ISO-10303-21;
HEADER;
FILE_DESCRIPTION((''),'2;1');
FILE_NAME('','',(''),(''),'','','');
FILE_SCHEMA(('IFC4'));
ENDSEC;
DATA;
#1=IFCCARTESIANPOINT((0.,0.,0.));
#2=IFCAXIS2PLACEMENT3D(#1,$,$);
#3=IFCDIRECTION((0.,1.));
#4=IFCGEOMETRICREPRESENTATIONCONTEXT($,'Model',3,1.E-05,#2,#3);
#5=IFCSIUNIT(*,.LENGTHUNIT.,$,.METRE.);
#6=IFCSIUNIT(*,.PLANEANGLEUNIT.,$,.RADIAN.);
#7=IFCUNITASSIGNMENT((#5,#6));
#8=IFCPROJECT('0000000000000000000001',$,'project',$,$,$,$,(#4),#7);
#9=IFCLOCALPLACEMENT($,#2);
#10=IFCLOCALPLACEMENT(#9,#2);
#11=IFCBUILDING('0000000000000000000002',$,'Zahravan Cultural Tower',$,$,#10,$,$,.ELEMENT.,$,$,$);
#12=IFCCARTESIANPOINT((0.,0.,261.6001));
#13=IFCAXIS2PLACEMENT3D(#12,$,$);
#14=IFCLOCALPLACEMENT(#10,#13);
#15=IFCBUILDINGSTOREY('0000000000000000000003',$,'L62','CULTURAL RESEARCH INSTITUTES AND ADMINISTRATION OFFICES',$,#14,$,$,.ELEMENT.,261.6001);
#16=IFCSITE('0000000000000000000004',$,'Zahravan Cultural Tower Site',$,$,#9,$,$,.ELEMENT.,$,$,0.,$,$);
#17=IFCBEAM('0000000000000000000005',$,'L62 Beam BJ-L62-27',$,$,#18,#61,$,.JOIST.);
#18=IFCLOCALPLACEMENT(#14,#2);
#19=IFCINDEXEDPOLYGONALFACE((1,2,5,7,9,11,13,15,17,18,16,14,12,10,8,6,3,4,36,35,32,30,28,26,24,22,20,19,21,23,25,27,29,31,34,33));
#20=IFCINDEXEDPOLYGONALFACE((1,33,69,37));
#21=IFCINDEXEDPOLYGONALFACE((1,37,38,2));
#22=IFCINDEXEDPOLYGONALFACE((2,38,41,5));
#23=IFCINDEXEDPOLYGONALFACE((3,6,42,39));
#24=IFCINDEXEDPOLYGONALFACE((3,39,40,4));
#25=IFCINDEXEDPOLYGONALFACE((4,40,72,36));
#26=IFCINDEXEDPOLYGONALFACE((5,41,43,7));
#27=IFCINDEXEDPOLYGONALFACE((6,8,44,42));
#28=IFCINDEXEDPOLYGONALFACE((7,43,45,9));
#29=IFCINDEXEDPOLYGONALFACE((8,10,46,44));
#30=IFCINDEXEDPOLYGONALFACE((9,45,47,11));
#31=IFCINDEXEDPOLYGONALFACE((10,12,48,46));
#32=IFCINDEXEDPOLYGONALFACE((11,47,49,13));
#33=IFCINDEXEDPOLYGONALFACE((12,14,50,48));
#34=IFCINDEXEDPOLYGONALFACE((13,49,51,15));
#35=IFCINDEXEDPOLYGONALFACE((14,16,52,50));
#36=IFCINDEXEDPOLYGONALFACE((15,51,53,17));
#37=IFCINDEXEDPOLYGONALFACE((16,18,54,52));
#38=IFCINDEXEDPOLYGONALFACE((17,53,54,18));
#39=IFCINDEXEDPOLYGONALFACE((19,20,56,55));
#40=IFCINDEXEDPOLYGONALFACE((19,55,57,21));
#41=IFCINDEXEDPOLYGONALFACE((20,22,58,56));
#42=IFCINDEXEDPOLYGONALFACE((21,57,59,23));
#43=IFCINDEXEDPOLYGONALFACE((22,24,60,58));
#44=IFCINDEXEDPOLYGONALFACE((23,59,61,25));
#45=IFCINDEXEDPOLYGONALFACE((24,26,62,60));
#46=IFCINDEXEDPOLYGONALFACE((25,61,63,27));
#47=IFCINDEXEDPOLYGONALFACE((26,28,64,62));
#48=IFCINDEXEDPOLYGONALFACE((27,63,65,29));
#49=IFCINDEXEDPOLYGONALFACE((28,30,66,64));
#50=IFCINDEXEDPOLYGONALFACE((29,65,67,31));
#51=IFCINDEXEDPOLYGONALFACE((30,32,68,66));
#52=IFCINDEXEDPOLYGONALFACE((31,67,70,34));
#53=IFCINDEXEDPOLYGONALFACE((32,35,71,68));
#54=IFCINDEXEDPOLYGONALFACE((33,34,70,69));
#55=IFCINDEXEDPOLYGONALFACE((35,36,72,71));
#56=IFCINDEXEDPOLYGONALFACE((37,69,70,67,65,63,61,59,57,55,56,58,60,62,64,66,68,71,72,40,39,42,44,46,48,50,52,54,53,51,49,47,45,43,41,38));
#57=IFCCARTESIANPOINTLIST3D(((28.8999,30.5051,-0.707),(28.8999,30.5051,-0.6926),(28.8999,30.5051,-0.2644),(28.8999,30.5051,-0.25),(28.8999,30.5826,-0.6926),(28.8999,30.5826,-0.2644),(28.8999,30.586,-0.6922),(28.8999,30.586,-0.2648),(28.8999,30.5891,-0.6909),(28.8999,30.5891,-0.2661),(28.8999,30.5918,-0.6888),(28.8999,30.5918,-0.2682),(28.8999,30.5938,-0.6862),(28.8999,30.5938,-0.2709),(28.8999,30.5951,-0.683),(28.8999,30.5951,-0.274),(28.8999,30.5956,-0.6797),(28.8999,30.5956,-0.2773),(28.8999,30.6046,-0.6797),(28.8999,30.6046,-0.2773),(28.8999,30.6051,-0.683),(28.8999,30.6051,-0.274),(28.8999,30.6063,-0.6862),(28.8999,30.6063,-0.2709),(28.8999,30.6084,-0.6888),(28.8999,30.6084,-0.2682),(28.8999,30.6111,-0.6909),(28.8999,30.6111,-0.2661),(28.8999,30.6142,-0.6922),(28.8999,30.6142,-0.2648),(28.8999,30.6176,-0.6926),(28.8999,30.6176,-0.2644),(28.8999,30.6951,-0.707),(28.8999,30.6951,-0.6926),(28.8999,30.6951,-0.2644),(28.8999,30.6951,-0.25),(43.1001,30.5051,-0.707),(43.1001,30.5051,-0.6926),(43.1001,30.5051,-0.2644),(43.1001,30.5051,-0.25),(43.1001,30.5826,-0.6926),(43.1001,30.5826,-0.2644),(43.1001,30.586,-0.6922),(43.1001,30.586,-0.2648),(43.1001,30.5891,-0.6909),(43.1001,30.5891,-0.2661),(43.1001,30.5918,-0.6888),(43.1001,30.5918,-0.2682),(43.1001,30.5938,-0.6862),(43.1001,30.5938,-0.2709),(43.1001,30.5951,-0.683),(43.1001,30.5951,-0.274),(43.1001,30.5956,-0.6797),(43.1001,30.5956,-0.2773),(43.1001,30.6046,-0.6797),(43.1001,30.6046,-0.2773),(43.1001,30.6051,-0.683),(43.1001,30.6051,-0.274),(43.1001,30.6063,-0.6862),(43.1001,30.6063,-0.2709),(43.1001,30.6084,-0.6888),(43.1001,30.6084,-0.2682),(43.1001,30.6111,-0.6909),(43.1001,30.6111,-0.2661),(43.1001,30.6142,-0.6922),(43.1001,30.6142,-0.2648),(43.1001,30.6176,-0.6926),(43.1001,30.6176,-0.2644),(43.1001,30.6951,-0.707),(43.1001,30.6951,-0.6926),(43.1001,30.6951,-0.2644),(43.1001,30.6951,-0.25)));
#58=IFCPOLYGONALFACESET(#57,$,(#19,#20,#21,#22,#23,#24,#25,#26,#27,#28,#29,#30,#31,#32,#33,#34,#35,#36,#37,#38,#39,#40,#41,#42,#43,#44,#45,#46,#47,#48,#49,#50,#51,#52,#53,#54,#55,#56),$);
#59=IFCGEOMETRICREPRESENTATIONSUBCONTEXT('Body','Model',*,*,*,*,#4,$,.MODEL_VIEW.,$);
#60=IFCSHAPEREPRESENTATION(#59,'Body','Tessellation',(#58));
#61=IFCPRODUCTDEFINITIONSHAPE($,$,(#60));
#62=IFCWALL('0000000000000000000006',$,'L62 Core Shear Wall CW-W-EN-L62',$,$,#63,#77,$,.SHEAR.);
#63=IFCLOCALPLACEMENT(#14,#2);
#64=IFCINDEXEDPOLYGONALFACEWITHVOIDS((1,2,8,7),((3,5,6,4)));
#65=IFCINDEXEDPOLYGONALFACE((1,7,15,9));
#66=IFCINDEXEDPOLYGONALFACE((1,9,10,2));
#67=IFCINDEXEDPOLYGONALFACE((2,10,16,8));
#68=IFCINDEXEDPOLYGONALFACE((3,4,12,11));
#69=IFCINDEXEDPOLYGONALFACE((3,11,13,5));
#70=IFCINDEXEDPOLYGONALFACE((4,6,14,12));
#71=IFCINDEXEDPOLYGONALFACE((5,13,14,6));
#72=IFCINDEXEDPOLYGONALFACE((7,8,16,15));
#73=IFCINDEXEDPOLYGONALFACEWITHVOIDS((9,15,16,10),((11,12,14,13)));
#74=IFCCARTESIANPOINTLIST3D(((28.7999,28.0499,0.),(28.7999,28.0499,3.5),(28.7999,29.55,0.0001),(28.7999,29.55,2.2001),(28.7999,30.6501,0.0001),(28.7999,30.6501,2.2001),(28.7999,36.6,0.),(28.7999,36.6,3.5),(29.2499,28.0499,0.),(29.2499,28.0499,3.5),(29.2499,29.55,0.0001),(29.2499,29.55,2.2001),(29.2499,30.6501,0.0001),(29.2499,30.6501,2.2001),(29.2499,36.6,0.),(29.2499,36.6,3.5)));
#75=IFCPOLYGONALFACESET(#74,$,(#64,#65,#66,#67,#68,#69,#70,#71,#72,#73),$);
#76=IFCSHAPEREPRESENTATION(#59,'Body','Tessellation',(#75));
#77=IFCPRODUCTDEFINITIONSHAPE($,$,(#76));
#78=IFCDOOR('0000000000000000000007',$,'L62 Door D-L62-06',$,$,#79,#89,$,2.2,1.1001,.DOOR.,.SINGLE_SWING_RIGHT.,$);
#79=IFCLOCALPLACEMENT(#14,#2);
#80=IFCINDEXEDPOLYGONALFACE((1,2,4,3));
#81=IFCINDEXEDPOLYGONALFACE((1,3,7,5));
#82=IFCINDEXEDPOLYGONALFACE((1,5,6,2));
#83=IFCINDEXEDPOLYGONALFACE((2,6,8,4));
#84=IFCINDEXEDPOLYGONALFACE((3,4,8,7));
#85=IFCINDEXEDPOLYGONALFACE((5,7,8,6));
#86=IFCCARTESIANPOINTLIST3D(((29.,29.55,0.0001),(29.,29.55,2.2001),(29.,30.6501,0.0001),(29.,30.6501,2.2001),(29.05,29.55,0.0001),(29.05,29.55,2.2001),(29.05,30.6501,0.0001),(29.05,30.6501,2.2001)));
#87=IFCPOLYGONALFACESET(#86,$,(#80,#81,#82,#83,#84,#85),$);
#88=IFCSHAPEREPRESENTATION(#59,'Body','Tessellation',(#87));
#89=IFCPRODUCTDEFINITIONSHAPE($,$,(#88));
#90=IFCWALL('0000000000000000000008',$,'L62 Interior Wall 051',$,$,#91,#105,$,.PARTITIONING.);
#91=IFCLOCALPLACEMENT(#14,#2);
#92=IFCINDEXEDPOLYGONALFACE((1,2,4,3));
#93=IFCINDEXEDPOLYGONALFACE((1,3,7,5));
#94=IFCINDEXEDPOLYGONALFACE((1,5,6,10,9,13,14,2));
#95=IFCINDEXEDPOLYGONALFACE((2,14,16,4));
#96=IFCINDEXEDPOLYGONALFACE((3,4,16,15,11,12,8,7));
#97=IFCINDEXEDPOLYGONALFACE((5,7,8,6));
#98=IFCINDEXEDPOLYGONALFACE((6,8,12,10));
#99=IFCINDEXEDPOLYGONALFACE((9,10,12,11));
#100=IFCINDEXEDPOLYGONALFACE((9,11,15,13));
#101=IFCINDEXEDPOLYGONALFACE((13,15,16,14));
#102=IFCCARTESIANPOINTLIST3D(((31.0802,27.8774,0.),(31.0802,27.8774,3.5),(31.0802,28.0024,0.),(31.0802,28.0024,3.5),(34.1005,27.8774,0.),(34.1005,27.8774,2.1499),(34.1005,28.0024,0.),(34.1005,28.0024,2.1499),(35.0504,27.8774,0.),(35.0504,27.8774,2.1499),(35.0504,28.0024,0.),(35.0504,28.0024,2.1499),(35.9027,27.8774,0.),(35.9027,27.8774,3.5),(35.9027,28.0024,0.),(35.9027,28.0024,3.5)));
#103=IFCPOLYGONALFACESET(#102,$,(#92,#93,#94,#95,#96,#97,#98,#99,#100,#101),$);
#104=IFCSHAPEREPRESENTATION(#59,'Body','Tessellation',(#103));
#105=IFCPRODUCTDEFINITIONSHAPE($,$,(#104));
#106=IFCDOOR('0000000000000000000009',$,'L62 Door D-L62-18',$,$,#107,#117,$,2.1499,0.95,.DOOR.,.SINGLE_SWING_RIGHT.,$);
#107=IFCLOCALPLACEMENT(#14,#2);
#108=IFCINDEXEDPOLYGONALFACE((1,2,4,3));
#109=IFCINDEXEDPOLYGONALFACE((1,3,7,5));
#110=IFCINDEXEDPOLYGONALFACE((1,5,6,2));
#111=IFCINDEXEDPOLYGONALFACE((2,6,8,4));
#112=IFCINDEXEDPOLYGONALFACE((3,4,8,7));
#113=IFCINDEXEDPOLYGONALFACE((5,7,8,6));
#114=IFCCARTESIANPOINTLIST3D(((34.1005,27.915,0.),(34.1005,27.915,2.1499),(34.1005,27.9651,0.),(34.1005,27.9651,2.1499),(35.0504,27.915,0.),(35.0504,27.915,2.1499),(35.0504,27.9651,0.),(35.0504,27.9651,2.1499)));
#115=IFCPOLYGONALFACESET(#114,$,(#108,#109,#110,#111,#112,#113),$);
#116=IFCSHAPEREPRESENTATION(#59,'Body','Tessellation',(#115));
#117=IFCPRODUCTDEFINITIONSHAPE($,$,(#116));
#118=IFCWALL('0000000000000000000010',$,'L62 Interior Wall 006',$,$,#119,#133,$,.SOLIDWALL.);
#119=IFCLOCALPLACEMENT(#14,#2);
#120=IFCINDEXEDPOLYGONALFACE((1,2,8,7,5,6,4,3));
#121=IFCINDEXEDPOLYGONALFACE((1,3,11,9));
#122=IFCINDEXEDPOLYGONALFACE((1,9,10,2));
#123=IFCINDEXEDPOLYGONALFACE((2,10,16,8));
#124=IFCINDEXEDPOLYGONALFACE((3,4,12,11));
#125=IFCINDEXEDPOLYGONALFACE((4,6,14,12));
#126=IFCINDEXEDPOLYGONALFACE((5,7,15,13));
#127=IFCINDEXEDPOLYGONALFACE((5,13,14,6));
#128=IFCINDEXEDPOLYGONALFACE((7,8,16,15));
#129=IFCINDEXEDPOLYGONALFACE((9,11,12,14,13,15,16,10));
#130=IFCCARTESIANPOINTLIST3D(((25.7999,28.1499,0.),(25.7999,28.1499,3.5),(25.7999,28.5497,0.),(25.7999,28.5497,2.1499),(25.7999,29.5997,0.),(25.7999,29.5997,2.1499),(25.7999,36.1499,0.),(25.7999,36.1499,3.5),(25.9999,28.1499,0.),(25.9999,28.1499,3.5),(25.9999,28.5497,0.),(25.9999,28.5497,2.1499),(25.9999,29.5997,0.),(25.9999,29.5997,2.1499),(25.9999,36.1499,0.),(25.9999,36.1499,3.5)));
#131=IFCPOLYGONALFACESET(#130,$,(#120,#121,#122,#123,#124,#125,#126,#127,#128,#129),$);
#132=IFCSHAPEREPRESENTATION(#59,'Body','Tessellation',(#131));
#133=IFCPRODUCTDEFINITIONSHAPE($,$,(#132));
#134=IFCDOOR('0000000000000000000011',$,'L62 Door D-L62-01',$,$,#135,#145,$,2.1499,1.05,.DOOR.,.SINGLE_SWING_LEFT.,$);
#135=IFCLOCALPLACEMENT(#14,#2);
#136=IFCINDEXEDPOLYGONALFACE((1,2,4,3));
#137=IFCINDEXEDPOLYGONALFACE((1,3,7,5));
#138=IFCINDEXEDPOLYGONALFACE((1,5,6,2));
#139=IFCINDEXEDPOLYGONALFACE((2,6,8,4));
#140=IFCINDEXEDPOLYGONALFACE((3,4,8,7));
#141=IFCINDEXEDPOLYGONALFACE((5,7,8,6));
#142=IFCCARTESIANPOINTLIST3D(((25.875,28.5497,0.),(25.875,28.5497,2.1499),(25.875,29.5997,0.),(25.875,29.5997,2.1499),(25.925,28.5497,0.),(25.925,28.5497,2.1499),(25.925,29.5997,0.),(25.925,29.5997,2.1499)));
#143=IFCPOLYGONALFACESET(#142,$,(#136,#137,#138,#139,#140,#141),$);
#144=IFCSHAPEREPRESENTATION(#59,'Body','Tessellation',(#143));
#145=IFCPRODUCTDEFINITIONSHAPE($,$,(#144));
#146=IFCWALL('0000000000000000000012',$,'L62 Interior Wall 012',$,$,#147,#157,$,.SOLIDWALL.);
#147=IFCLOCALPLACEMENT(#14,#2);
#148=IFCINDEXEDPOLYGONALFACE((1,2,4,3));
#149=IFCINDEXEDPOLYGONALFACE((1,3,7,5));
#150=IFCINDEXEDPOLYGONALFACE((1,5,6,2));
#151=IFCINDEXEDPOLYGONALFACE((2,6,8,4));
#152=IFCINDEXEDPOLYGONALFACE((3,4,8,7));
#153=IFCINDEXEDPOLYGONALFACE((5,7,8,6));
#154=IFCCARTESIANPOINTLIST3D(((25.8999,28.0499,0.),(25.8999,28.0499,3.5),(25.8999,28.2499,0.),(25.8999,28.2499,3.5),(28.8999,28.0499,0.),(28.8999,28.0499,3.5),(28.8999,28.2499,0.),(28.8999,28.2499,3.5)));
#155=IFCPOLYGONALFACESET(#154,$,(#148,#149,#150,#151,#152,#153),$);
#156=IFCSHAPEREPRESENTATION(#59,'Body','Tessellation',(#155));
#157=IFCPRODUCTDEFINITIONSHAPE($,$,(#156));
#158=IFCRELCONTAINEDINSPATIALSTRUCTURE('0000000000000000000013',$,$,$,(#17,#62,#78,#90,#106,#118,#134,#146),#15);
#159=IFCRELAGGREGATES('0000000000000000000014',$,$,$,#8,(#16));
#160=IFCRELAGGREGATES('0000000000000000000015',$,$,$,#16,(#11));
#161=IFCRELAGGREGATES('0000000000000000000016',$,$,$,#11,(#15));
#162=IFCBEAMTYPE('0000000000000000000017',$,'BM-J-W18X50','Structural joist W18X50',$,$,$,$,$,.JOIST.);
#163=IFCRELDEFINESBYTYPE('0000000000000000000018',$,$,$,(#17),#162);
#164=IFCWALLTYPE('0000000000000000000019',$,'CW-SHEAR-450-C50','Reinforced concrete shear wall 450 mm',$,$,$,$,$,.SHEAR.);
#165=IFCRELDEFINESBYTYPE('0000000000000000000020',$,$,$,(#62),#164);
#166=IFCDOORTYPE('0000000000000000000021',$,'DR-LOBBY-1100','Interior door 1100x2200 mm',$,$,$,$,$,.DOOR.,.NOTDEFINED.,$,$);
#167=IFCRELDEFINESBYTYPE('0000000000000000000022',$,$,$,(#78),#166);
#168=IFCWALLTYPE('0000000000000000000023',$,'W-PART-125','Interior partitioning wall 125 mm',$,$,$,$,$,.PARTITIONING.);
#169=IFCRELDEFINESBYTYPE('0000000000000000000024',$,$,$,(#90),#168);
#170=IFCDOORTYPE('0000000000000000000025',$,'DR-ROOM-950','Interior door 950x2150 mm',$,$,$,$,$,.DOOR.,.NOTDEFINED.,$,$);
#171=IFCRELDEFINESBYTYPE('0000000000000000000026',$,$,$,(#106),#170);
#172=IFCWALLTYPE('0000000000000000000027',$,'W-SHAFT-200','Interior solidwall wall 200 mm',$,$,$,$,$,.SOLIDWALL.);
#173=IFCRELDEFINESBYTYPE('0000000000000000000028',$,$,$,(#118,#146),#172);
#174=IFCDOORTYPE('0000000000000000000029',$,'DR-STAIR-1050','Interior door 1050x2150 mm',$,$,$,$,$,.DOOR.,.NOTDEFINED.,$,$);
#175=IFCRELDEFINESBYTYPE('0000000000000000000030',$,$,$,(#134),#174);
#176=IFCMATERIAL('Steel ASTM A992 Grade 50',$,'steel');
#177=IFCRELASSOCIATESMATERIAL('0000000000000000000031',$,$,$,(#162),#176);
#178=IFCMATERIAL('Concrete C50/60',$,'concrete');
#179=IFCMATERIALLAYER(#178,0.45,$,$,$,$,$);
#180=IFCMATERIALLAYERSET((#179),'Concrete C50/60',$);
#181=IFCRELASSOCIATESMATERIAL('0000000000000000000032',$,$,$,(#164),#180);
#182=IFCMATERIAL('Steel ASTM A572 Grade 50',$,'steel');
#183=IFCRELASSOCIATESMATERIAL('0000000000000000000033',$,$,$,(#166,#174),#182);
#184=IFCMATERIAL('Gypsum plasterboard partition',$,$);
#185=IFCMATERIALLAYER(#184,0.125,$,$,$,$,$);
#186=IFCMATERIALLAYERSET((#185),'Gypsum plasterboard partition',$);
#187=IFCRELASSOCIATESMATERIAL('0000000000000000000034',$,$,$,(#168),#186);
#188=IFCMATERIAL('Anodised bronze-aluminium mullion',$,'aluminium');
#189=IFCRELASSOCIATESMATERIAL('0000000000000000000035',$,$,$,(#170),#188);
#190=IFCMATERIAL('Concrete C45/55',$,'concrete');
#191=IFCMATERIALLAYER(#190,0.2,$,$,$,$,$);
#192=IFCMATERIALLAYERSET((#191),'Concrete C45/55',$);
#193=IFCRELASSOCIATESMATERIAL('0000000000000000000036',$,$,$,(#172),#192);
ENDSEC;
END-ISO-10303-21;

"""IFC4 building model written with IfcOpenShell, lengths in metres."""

from ifc_helpers import new_model, si_unit, direction, frame, frame_2d, origin, origin_2d, place, context, subcontext, project, spatial, rectangle, i_section, extrude, source, transform, mapped, material, layer, layer_set, material_profile, profile_set, type_object, element, fill, save


model = new_model("IFC4")

# Units and contexts
model_context = context("Model", 3, precision=1e-05, world=origin(), true_north=direction((0.0, 1.0)))
body_context = subcontext(model_context, "Body", "Model", "MODEL_VIEW")
ifc_project = project(units=[si_unit("LENGTHUNIT", "METRE"), si_unit("PLANEANGLEUNIT", "RADIAN")], contexts=[model_context])

# Site, building, storey
site_placement = place(None, origin())
site = spatial("IfcSite", under=ifc_project, at=site_placement, Name="Zahravan Cultural Tower Site", CompositionType="ELEMENT", RefElevation=0.0)
building_placement = place(site_placement, origin())
building = spatial("IfcBuilding", under=site, at=building_placement, Name="Zahravan Cultural Tower", CompositionType="ELEMENT")
storey_placement = place(building_placement, frame((0.0, 0.0, 261.6001)))
storey = spatial("IfcBuildingStorey", under=building, at=storey_placement, Name="L62", Description="CULTURAL RESEARCH INSTITUTES AND ADMINISTRATION OFFICES", CompositionType="ELEMENT", Elevation=261.6001)

# Beam
ifc_material_1 = material(Name="Steel ASTM A992 Grade 50", Category="steel")
ifc_material_profile = material_profile(ifc_material_1, i_section(OverallWidth=0.1899, OverallDepth=0.457, WebThickness=0.009, FlangeThickness=0.0144, FilletRadius=0.0129, at=origin_2d()), Name="W18X50")
ifc_profile_set = profile_set([ifc_material_profile], Name="Steel ASTM A992 Grade 50")
beam_type = type_object("IfcBeamType", Name="BM-J-W18X50", Description="Structural joist W18X50", PredefinedType="JOIST", material=ifc_profile_set)
shared_shape_1 = source(origin(), body_context, "Body", "SweptSolid", [
    extrude(i_section(OverallWidth=0.1899, OverallDepth=0.457, WebThickness=0.009, FlangeThickness=0.0144, FilletRadius=0.0129, at=origin_2d()), origin(), (0.0, 0.0, 1.0), 14.2002),
])
beam_placement = place(storey_placement, frame((28.8999, 30.6001, -0.4785), z_axis=(1.0, 0.0, 0.0), x_axis=(0.0, 1.0, 0.0)))
element("IfcBeam", 1, at=beam_placement, inside=storey, type_object=beam_type, Name="L62 Beam BJ-L62-27", PredefinedType="JOIST", context=body_context, shape_type="MappedRepresentation", body=[
    mapped(shared_shape_1, transform((0.0, 0.0, 0.0), x_axis=(1.0, 0.0, 0.0), y_axis=(0.0, 1.0, 0.0), z_axis=(0.0, 0.0, 1.0), scale=1.0)),
])

# Walls, openings, doors
ifc_material_2 = material(Name="Concrete C50/60", Category="concrete")
ifc_layer_1 = layer(ifc_material_2, 0.45)
ifc_layer_set_1 = layer_set([ifc_layer_1], Name="Concrete C50/60")
wall_type_1 = type_object("IfcWallType", Name="CW-SHEAR-450-C50", Description="Reinforced concrete shear wall 450 mm", PredefinedType="SHEAR", material=ifc_layer_set_1)
wall_1_placement = place(storey_placement, frame((29.0249, 28.05, 0.0), z_axis=(0.0, 0.0, 1.0), x_axis=(0.0, 1.0, 0.0)))
wall_1 = element("IfcWall", 2, at=wall_1_placement, inside=storey, type_object=wall_type_1, Name="L62 Core Shear Wall CW-W-EN-L62", PredefinedType="SHEAR", context=body_context, shape_type="SweptSolid", body=[
    extrude(rectangle(XDim=8.55, YDim=0.45, at=frame_2d((4.2749, 0.0))), origin(), (0.0, 0.0, 1.0), 3.5),
])
opening_1_placement = place(wall_1_placement, frame((1.5, 0.0, 0.0)))
opening_1 = element("IfcOpeningElement", 3, at=opening_1_placement, cuts=wall_1, PredefinedType="OPENING", context=body_context, shape_type="SweptSolid", body=[
    extrude(rectangle(XDim=1.1001, YDim=2.2, at=frame_2d((0.55, 1.1001))), frame((0.0, 0.2349, 0.0), z_axis=(0.0, -1.0, 0.0), x_axis=(1.0, 0.0, 0.0)), (0.0, 0.0, 1.0), 0.47),
])
ifc_material_3 = material(Name="Steel ASTM A572 Grade 50", Category="steel")
door_type_1 = type_object("IfcDoorType", Name="DR-LOBBY-1100", Description="Interior door 1100x2200 mm", OperationType="NOTDEFINED", PredefinedType="DOOR", material=ifc_material_3)
shared_shape_2 = source(origin(), body_context, "Body", "SweptSolid", [
    extrude(rectangle(XDim=1.1001, YDim=2.2, at=frame_2d((0.55, 1.1001))), frame((0.0, 0.0249, 0.0), z_axis=(0.0, -1.0, 0.0), x_axis=(1.0, 0.0, 0.0)), (0.0, 0.0, 1.0), 0.05),
])
door_1_placement = place(opening_1_placement, origin())
door_1 = element("IfcDoor", 4, at=door_1_placement, inside=storey, type_object=door_type_1, Name="L62 Door D-L62-06", OperationType="SINGLE_SWING_RIGHT", OverallHeight=2.2, OverallWidth=1.1001, PredefinedType="DOOR", context=body_context, shape_type="MappedRepresentation", body=[
    mapped(shared_shape_2, transform((0.0, 0.0, 0.0), x_axis=(1.0, 0.0, 0.0), y_axis=(0.0, 1.0, 0.0), z_axis=(0.0, 0.0, 1.0), scale=1.0)),
])
fill(opening_1, door_1)
ifc_material_4 = material(Name="Gypsum plasterboard partition")
ifc_layer_2 = layer(ifc_material_4, 0.125)
ifc_layer_set_2 = layer_set([ifc_layer_2], Name="Gypsum plasterboard partition")
wall_type_2 = type_object("IfcWallType", Name="W-PART-125", Description="Interior partitioning wall 125 mm", PredefinedType="PARTITIONING", material=ifc_layer_set_2)
wall_2_placement = place(storey_placement, frame((35.9026, 27.9399, 0.0), z_axis=(0.0, 0.0, 1.0), x_axis=(-1.0, 0.0, 0.0)))
wall_2 = element("IfcWall", 5, at=wall_2_placement, inside=storey, type_object=wall_type_2, Name="L62 Interior Wall 051", PredefinedType="PARTITIONING", context=body_context, shape_type="SweptSolid", body=[
    extrude(rectangle(XDim=4.8225, YDim=0.125, at=frame_2d((2.4111, 0.0))), origin(), (0.0, 0.0, 1.0), 3.5),
])
opening_2_placement = place(wall_2_placement, frame((0.8521, 0.0, 0.0)))
opening_2 = element("IfcOpeningElement", 6, at=opening_2_placement, cuts=wall_2, PredefinedType="OPENING", context=body_context, shape_type="SweptSolid", body=[
    extrude(rectangle(XDim=0.95, YDim=2.1499, at=frame_2d((0.4751, 1.075))), frame((0.0, 0.0725, 0.0), z_axis=(0.0, -1.0, 0.0), x_axis=(1.0, 0.0, 0.0)), (0.0, 0.0, 1.0), 0.145),
])
ifc_material_5 = material(Name="Anodised bronze-aluminium mullion", Category="aluminium")
door_type_2 = type_object("IfcDoorType", Name="DR-ROOM-950", Description="Interior door 950x2150 mm", OperationType="NOTDEFINED", PredefinedType="DOOR", material=ifc_material_5)
shared_shape_3 = source(origin(), body_context, "Body", "SweptSolid", [
    extrude(rectangle(XDim=0.95, YDim=2.1499, at=frame_2d((0.4751, 1.075))), frame((0.0, 0.0249, 0.0), z_axis=(0.0, -1.0, 0.0), x_axis=(1.0, 0.0, 0.0)), (0.0, 0.0, 1.0), 0.05),
])
door_2_placement = place(opening_2_placement, origin())
door_2 = element("IfcDoor", 7, at=door_2_placement, inside=storey, type_object=door_type_2, Name="L62 Door D-L62-18", OperationType="SINGLE_SWING_RIGHT", OverallHeight=2.1499, OverallWidth=0.95, PredefinedType="DOOR", context=body_context, shape_type="MappedRepresentation", body=[
    mapped(shared_shape_3, transform((0.0, 0.0, 0.0), x_axis=(1.0, 0.0, 0.0), y_axis=(0.0, 1.0, 0.0), z_axis=(0.0, 0.0, 1.0), scale=1.0)),
])
fill(opening_2, door_2)
ifc_material_6 = material(Name="Concrete C45/55", Category="concrete")
ifc_layer_3 = layer(ifc_material_6, 0.2)
ifc_layer_set_3 = layer_set([ifc_layer_3], Name="Concrete C45/55")
wall_type_3 = type_object("IfcWallType", Name="W-SHAFT-200", Description="Interior solidwall wall 200 mm", PredefinedType="SOLIDWALL", material=ifc_layer_set_3)
wall_3_placement = place(storey_placement, frame((25.8999, 28.1499, 0.0), z_axis=(0.0, 0.0, 1.0), x_axis=(0.0, 1.0, 0.0)))
wall_3 = element("IfcWall", 8, at=wall_3_placement, inside=storey, type_object=wall_type_3, Name="L62 Interior Wall 006", PredefinedType="SOLIDWALL", context=body_context, shape_type="SweptSolid", body=[
    extrude(rectangle(XDim=8.0, YDim=0.2, at=frame_2d((4.0, 0.0))), origin(), (0.0, 0.0, 1.0), 3.5),
])
opening_3_placement = place(wall_3_placement, frame((0.3999, 0.0, 0.0)))
opening_3 = element("IfcOpeningElement", 9, at=opening_3_placement, cuts=wall_3, PredefinedType="OPENING", context=body_context, shape_type="SweptSolid", body=[
    extrude(rectangle(XDim=1.05, YDim=2.1499, at=frame_2d((0.5249, 1.075))), frame((0.0, 0.1099, 0.0), z_axis=(0.0, -1.0, 0.0), x_axis=(1.0, 0.0, 0.0)), (0.0, 0.0, 1.0), 0.22),
])
door_type_3 = type_object("IfcDoorType", Name="DR-STAIR-1050", Description="Interior door 1050x2150 mm", OperationType="NOTDEFINED", PredefinedType="DOOR", material=ifc_material_3)
shared_shape_4 = source(origin(), body_context, "Body", "SweptSolid", [
    extrude(rectangle(XDim=1.05, YDim=2.1499, at=frame_2d((0.5249, 1.075))), frame((0.0, 0.0249, 0.0), z_axis=(0.0, -1.0, 0.0), x_axis=(1.0, 0.0, 0.0)), (0.0, 0.0, 1.0), 0.05),
])
door_3_placement = place(opening_3_placement, origin())
door_3 = element("IfcDoor", 10, at=door_3_placement, inside=storey, type_object=door_type_3, Name="L62 Door D-L62-01", OperationType="SINGLE_SWING_LEFT", OverallHeight=2.1499, OverallWidth=1.05, PredefinedType="DOOR", context=body_context, shape_type="MappedRepresentation", body=[
    mapped(shared_shape_4, transform((0.0, 0.0, 0.0), x_axis=(1.0, 0.0, 0.0), y_axis=(0.0, 1.0, 0.0), z_axis=(0.0, 0.0, 1.0), scale=1.0)),
])
fill(opening_3, door_3)

# Wall
shared_shape_5 = source(origin(), body_context, "Body", "SweptSolid", [
    extrude(rectangle(XDim=3.0, YDim=0.2, at=frame_2d((1.5, 0.0))), origin(), (0.0, 0.0, 1.0), 3.5),
])
wall_4_placement = place(storey_placement, frame((25.8999, 28.1499, 0.0), z_axis=(0.0, 0.0, 1.0), x_axis=(1.0, 0.0, 0.0)))
element("IfcWall", 11, at=wall_4_placement, inside=storey, type_object=wall_type_3, Name="L62 Interior Wall 012", PredefinedType="SOLIDWALL", context=body_context, shape_type="MappedRepresentation", body=[
    mapped(shared_shape_5, transform((0.0, 0.0, 0.0), x_axis=(1.0, 0.0, 0.0), y_axis=(0.0, 1.0, 0.0), z_axis=(0.0, 0.0, 1.0), scale=1.0)),
])

save(model, "model.ifc")
